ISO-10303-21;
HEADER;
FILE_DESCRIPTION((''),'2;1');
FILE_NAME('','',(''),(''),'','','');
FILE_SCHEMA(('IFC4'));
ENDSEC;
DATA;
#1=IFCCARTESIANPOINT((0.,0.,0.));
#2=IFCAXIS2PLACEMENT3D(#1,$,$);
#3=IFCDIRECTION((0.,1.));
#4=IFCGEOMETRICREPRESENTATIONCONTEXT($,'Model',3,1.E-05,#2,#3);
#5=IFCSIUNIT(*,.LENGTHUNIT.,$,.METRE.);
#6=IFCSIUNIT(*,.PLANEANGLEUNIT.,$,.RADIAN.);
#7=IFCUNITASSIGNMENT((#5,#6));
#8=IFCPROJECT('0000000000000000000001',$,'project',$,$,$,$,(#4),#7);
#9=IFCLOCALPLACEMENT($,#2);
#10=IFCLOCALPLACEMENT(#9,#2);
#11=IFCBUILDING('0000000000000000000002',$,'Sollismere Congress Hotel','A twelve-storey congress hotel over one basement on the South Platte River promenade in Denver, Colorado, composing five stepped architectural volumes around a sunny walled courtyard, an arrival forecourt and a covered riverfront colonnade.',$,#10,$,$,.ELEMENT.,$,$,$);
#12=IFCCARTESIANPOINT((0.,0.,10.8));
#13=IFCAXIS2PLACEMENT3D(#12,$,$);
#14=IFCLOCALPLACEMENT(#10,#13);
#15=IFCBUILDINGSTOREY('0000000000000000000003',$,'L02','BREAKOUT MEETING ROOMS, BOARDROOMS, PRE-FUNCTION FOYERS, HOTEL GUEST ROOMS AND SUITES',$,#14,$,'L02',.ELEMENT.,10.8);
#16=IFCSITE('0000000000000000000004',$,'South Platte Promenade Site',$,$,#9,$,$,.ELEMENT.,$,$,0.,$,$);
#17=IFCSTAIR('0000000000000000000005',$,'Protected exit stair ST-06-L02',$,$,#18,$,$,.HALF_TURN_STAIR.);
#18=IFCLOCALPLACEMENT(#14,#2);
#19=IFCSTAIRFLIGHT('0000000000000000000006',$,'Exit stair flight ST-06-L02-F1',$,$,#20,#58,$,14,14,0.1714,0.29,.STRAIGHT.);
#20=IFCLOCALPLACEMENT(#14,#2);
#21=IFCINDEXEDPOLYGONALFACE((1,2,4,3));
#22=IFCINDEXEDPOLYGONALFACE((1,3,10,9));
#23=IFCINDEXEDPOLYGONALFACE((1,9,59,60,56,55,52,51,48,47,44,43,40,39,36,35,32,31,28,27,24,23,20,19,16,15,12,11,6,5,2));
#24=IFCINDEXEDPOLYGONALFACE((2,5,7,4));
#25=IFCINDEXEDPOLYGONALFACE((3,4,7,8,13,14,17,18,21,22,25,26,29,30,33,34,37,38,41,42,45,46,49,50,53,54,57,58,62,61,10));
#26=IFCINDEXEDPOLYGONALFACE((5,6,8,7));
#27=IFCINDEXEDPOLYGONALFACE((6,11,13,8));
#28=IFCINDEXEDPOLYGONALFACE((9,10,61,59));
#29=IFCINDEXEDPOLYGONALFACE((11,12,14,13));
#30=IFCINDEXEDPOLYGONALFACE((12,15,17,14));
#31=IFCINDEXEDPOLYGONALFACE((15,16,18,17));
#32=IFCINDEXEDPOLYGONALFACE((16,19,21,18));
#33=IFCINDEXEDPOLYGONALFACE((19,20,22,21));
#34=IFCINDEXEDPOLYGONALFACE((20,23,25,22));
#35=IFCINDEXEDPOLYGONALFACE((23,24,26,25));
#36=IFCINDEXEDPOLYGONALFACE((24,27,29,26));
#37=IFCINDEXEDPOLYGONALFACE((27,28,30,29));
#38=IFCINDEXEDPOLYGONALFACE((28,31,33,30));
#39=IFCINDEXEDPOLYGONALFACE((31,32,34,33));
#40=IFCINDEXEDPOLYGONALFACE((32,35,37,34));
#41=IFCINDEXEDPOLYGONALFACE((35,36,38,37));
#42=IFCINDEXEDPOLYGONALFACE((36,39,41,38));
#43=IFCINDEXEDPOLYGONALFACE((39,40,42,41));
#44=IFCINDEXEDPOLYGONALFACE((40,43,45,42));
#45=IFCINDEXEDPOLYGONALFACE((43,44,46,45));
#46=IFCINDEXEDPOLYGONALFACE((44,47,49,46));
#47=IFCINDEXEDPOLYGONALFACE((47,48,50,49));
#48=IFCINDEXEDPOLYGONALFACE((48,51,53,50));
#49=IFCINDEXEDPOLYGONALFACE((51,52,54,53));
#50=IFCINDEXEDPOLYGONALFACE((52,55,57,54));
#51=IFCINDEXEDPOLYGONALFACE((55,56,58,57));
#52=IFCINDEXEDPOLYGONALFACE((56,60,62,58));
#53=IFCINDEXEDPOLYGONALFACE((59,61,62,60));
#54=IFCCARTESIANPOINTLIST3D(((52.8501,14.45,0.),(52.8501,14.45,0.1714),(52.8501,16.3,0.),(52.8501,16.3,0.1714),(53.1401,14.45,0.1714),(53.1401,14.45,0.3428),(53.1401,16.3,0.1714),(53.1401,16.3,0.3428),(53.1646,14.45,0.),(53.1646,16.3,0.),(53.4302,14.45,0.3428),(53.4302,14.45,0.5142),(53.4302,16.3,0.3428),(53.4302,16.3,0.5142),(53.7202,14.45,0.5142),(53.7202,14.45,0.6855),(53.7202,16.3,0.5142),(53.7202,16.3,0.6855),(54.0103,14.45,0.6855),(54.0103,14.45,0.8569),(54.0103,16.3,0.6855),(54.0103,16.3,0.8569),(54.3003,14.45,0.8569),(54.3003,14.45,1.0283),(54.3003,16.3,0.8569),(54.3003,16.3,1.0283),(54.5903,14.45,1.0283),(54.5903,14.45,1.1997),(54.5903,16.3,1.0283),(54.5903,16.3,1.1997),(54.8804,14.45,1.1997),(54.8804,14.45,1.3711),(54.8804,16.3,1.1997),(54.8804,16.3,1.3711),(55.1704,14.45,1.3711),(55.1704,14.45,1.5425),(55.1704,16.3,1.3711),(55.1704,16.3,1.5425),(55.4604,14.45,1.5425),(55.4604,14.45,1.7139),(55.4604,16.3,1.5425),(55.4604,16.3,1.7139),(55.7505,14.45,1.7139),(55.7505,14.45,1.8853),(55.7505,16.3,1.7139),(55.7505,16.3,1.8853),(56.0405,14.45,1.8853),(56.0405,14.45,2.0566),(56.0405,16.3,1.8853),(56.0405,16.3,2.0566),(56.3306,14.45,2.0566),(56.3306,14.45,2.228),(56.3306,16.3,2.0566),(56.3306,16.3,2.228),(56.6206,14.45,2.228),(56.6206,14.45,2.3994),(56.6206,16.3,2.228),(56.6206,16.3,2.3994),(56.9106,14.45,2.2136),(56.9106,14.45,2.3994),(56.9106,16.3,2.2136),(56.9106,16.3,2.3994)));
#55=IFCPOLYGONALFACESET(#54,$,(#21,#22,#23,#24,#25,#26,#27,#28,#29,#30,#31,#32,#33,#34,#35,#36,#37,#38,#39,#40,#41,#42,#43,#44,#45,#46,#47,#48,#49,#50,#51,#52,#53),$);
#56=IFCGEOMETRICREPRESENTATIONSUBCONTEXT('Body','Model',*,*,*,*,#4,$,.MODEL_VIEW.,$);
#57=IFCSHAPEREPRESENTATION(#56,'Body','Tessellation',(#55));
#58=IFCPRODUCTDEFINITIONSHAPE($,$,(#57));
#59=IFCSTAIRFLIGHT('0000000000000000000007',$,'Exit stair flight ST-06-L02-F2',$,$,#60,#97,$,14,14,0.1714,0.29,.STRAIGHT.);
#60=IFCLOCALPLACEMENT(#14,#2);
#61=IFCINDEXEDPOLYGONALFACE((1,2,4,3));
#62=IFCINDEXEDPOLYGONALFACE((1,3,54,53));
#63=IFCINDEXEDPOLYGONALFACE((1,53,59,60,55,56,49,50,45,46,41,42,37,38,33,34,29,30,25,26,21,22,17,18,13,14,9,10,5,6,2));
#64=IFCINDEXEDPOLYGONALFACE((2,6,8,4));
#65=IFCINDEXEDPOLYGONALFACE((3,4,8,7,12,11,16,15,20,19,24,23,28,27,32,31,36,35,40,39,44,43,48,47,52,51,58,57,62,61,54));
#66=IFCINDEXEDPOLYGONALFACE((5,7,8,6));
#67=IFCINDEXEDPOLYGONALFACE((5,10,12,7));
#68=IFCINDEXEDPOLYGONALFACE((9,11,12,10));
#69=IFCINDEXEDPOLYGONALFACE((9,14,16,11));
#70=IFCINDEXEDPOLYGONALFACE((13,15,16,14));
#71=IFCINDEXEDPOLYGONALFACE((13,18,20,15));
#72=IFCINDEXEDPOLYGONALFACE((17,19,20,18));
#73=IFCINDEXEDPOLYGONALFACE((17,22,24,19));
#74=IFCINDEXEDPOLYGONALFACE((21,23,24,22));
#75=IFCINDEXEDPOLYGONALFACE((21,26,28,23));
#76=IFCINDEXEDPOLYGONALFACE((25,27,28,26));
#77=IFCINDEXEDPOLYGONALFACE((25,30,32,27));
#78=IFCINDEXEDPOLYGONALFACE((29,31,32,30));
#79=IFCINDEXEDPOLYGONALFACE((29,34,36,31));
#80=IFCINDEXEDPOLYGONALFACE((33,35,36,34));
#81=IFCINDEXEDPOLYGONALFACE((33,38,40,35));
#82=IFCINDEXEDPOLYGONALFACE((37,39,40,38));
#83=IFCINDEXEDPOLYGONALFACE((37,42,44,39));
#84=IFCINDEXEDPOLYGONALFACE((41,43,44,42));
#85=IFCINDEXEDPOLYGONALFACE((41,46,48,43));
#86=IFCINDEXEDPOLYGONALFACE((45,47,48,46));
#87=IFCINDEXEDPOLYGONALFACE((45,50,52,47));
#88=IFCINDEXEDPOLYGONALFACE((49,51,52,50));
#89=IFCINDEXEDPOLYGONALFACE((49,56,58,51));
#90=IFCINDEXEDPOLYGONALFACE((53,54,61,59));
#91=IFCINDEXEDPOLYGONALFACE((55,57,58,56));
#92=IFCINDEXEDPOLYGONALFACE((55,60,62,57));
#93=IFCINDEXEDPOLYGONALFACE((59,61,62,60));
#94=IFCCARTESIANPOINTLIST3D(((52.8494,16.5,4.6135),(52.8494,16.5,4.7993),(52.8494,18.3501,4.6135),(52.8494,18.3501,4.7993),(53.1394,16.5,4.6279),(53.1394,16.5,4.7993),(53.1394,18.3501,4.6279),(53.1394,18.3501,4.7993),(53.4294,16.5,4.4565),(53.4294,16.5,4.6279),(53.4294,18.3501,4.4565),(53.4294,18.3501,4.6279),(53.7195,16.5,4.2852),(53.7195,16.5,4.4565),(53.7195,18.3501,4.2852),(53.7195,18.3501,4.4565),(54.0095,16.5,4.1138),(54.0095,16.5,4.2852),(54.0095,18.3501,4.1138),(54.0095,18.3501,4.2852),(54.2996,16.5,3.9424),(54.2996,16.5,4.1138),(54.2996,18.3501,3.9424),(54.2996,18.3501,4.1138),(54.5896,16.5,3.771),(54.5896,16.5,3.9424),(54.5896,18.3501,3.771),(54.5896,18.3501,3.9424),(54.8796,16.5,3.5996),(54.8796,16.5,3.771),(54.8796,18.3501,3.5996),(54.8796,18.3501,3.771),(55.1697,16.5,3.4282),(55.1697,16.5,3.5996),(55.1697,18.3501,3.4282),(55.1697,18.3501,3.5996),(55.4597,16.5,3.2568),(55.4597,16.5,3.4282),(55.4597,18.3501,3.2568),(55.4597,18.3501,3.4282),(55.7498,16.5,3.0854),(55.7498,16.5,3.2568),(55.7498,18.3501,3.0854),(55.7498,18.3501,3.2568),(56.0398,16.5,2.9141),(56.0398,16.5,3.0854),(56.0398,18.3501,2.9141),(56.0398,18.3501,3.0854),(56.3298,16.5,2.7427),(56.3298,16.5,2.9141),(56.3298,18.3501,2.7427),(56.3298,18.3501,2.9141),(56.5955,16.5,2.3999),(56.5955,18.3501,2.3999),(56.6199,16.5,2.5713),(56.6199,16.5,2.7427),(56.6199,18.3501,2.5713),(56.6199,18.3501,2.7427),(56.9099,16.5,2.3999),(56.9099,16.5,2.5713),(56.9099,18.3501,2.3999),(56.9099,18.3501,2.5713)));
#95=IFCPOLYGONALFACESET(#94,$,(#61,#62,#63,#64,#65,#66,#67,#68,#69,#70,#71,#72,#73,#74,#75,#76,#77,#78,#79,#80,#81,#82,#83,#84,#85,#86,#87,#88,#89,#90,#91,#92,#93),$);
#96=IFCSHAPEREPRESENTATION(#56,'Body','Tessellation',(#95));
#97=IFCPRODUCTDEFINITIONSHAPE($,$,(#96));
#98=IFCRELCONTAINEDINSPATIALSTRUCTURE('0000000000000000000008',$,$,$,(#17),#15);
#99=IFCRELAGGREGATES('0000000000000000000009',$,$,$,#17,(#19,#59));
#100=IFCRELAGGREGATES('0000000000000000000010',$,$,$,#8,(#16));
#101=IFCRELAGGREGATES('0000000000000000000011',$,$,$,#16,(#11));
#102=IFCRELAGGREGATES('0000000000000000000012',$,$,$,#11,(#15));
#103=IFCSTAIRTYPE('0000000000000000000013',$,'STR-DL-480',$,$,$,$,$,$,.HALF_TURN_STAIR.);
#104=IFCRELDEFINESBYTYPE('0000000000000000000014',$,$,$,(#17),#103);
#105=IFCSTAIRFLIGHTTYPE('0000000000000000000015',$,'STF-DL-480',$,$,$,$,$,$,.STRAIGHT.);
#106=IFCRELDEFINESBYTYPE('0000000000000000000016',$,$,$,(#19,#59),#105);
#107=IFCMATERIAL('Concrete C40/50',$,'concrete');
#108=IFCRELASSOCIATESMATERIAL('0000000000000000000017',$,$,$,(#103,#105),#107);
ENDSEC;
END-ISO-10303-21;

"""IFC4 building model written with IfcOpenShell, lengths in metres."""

from ifc_helpers import new_model, si_unit, direction, frame, origin, place, context, subcontext, project, spatial, polyline, outline, extrude, material, type_object, element, aggregate, save


model = new_model("IFC4")

# Units and contexts
model_context = context("Model", 3, precision=1e-05, world=origin(), true_north=direction((0.0, 1.0)))
body_context = subcontext(model_context, "Body", "Model", "MODEL_VIEW")
ifc_project = project(units=[si_unit("LENGTHUNIT", "METRE"), si_unit("PLANEANGLEUNIT", "RADIAN")], contexts=[model_context])

# Site, building, storey
site_placement = place(None, origin())
site = spatial("IfcSite", under=ifc_project, at=site_placement, Name="South Platte Promenade Site", CompositionType="ELEMENT", RefElevation=0.0)
building_placement = place(site_placement, origin())
building = spatial("IfcBuilding", under=site, at=building_placement, Name="Sollismere Congress Hotel", Description="A twelve-storey congress hotel over one basement on the South Platte River promenade in Denver, Colorado, composing five stepped architectural volumes around a sunny walled courtyard, an arrival forecourt and a covered riverfront colonnade.", CompositionType="ELEMENT")
storey_placement = place(building_placement, frame((0.0, 0.0, 10.8)))
storey = spatial("IfcBuildingStorey", under=building, at=storey_placement, Name="L02", Description="BREAKOUT MEETING ROOMS, BOARDROOMS, PRE-FUNCTION FOYERS, HOTEL GUEST ROOMS AND SUITES", LongName="L02", CompositionType="ELEMENT", Elevation=10.8)

# Stair, stair flights
ifc_material_1 = material(Name="Concrete C40/50", Category="concrete")
stair_type = type_object("IfcStairType", Name="STR-DL-480", PredefinedType="HALF_TURN_STAIR", material=ifc_material_1)
stair_placement = place(storey_placement, origin())
stair = element("IfcStair", 1, at=stair_placement, inside=storey, type_object=stair_type, Name="Protected exit stair ST-06-L02", PredefinedType="HALF_TURN_STAIR")
stair_flight_type = type_object("IfcStairFlightType", Name="STF-DL-480", PredefinedType="STRAIGHT", material=ifc_material_1)
stair_flight_1_placement = place(storey_placement, frame((52.8501, 15.375, 0.0), z_axis=(0.0, 0.0, 1.0), x_axis=(1.0, 0.0, 0.0)))
stair_flight_1 = element("IfcStairFlight", 2, at=stair_flight_1_placement, type_object=stair_flight_type, Name="Exit stair flight ST-06-L02-F1", NumberOfRisers=14, NumberOfTreads=14, PredefinedType="STRAIGHT", RiserHeight=0.1714, TreadLength=0.29, context=body_context, shape_type="SweptSolid", body=[
    extrude(outline(polyline([(0.0, 0.0), (0.0, 0.1714), (0.29, 0.1714), (0.29, 0.3428), (0.5801, 0.3428), (0.5801, 0.5142), (0.8701, 0.5142), (0.8701, 0.6855), (1.1602, 0.6855), (1.1602, 0.8569), (1.4502, 0.8569), (1.4502, 1.0283), (1.7402, 1.0283), (1.7402, 1.1997), (2.0303, 1.1997), (2.0303, 1.3711), (2.3203, 1.3711), (2.3203, 1.5425), (2.6104, 1.5425), (2.6104, 1.7139), (2.9004, 1.7139), (2.9004, 1.8853), (3.1904, 1.8853), (3.1904, 2.0566), (3.4805, 2.0566), (3.4805, 2.228), (3.7705, 2.228), (3.7705, 2.3994), (4.0605, 2.3994), (4.0605, 2.2136), (0.3145, 0.0), (0.0, 0.0)])), frame((0.0, 0.925, 0.0), z_axis=(0.0, -1.0, 0.0), x_axis=(1.0, 0.0, 0.0)), (0.0, 0.0, 1.0), 1.8501),
])
stair_flight_2_placement = place(storey_placement, frame((56.9099, 17.425, 2.3999), z_axis=(0.0, 0.0, 1.0), x_axis=(-1.0, 0.0, 0.0)))
stair_flight_2 = element("IfcStairFlight", 3, at=stair_flight_2_placement, type_object=stair_flight_type, Name="Exit stair flight ST-06-L02-F2", NumberOfRisers=14, NumberOfTreads=14, PredefinedType="STRAIGHT", RiserHeight=0.1714, TreadLength=0.29, context=body_context, shape_type="SweptSolid", body=[
    extrude(outline(polyline([(0.0, 0.0), (0.0, 0.1714), (0.29, 0.1714), (0.29, 0.3428), (0.5801, 0.3428), (0.5801, 0.5142), (0.8701, 0.5142), (0.8701, 0.6855), (1.1602, 0.6855), (1.1602, 0.8569), (1.4502, 0.8569), (1.4502, 1.0283), (1.7402, 1.0283), (1.7402, 1.1997), (2.0303, 1.1997), (2.0303, 1.3711), (2.3203, 1.3711), (2.3203, 1.5425), (2.6104, 1.5425), (2.6104, 1.7139), (2.9004, 1.7139), (2.9004, 1.8853), (3.1904, 1.8853), (3.1904, 2.0566), (3.4805, 2.0566), (3.4805, 2.228), (3.7705, 2.228), (3.7705, 2.3994), (4.0605, 2.3994), (4.0605, 2.2136), (0.3145, 0.0), (0.0, 0.0)])), frame((0.0, 0.925, 0.0), z_axis=(0.0, -1.0, 0.0), x_axis=(1.0, 0.0, 0.0)), (0.0, 0.0, 1.0), 1.8501),
])
aggregate(stair, [stair_flight_1, stair_flight_2])

save(model, "model.ifc")
